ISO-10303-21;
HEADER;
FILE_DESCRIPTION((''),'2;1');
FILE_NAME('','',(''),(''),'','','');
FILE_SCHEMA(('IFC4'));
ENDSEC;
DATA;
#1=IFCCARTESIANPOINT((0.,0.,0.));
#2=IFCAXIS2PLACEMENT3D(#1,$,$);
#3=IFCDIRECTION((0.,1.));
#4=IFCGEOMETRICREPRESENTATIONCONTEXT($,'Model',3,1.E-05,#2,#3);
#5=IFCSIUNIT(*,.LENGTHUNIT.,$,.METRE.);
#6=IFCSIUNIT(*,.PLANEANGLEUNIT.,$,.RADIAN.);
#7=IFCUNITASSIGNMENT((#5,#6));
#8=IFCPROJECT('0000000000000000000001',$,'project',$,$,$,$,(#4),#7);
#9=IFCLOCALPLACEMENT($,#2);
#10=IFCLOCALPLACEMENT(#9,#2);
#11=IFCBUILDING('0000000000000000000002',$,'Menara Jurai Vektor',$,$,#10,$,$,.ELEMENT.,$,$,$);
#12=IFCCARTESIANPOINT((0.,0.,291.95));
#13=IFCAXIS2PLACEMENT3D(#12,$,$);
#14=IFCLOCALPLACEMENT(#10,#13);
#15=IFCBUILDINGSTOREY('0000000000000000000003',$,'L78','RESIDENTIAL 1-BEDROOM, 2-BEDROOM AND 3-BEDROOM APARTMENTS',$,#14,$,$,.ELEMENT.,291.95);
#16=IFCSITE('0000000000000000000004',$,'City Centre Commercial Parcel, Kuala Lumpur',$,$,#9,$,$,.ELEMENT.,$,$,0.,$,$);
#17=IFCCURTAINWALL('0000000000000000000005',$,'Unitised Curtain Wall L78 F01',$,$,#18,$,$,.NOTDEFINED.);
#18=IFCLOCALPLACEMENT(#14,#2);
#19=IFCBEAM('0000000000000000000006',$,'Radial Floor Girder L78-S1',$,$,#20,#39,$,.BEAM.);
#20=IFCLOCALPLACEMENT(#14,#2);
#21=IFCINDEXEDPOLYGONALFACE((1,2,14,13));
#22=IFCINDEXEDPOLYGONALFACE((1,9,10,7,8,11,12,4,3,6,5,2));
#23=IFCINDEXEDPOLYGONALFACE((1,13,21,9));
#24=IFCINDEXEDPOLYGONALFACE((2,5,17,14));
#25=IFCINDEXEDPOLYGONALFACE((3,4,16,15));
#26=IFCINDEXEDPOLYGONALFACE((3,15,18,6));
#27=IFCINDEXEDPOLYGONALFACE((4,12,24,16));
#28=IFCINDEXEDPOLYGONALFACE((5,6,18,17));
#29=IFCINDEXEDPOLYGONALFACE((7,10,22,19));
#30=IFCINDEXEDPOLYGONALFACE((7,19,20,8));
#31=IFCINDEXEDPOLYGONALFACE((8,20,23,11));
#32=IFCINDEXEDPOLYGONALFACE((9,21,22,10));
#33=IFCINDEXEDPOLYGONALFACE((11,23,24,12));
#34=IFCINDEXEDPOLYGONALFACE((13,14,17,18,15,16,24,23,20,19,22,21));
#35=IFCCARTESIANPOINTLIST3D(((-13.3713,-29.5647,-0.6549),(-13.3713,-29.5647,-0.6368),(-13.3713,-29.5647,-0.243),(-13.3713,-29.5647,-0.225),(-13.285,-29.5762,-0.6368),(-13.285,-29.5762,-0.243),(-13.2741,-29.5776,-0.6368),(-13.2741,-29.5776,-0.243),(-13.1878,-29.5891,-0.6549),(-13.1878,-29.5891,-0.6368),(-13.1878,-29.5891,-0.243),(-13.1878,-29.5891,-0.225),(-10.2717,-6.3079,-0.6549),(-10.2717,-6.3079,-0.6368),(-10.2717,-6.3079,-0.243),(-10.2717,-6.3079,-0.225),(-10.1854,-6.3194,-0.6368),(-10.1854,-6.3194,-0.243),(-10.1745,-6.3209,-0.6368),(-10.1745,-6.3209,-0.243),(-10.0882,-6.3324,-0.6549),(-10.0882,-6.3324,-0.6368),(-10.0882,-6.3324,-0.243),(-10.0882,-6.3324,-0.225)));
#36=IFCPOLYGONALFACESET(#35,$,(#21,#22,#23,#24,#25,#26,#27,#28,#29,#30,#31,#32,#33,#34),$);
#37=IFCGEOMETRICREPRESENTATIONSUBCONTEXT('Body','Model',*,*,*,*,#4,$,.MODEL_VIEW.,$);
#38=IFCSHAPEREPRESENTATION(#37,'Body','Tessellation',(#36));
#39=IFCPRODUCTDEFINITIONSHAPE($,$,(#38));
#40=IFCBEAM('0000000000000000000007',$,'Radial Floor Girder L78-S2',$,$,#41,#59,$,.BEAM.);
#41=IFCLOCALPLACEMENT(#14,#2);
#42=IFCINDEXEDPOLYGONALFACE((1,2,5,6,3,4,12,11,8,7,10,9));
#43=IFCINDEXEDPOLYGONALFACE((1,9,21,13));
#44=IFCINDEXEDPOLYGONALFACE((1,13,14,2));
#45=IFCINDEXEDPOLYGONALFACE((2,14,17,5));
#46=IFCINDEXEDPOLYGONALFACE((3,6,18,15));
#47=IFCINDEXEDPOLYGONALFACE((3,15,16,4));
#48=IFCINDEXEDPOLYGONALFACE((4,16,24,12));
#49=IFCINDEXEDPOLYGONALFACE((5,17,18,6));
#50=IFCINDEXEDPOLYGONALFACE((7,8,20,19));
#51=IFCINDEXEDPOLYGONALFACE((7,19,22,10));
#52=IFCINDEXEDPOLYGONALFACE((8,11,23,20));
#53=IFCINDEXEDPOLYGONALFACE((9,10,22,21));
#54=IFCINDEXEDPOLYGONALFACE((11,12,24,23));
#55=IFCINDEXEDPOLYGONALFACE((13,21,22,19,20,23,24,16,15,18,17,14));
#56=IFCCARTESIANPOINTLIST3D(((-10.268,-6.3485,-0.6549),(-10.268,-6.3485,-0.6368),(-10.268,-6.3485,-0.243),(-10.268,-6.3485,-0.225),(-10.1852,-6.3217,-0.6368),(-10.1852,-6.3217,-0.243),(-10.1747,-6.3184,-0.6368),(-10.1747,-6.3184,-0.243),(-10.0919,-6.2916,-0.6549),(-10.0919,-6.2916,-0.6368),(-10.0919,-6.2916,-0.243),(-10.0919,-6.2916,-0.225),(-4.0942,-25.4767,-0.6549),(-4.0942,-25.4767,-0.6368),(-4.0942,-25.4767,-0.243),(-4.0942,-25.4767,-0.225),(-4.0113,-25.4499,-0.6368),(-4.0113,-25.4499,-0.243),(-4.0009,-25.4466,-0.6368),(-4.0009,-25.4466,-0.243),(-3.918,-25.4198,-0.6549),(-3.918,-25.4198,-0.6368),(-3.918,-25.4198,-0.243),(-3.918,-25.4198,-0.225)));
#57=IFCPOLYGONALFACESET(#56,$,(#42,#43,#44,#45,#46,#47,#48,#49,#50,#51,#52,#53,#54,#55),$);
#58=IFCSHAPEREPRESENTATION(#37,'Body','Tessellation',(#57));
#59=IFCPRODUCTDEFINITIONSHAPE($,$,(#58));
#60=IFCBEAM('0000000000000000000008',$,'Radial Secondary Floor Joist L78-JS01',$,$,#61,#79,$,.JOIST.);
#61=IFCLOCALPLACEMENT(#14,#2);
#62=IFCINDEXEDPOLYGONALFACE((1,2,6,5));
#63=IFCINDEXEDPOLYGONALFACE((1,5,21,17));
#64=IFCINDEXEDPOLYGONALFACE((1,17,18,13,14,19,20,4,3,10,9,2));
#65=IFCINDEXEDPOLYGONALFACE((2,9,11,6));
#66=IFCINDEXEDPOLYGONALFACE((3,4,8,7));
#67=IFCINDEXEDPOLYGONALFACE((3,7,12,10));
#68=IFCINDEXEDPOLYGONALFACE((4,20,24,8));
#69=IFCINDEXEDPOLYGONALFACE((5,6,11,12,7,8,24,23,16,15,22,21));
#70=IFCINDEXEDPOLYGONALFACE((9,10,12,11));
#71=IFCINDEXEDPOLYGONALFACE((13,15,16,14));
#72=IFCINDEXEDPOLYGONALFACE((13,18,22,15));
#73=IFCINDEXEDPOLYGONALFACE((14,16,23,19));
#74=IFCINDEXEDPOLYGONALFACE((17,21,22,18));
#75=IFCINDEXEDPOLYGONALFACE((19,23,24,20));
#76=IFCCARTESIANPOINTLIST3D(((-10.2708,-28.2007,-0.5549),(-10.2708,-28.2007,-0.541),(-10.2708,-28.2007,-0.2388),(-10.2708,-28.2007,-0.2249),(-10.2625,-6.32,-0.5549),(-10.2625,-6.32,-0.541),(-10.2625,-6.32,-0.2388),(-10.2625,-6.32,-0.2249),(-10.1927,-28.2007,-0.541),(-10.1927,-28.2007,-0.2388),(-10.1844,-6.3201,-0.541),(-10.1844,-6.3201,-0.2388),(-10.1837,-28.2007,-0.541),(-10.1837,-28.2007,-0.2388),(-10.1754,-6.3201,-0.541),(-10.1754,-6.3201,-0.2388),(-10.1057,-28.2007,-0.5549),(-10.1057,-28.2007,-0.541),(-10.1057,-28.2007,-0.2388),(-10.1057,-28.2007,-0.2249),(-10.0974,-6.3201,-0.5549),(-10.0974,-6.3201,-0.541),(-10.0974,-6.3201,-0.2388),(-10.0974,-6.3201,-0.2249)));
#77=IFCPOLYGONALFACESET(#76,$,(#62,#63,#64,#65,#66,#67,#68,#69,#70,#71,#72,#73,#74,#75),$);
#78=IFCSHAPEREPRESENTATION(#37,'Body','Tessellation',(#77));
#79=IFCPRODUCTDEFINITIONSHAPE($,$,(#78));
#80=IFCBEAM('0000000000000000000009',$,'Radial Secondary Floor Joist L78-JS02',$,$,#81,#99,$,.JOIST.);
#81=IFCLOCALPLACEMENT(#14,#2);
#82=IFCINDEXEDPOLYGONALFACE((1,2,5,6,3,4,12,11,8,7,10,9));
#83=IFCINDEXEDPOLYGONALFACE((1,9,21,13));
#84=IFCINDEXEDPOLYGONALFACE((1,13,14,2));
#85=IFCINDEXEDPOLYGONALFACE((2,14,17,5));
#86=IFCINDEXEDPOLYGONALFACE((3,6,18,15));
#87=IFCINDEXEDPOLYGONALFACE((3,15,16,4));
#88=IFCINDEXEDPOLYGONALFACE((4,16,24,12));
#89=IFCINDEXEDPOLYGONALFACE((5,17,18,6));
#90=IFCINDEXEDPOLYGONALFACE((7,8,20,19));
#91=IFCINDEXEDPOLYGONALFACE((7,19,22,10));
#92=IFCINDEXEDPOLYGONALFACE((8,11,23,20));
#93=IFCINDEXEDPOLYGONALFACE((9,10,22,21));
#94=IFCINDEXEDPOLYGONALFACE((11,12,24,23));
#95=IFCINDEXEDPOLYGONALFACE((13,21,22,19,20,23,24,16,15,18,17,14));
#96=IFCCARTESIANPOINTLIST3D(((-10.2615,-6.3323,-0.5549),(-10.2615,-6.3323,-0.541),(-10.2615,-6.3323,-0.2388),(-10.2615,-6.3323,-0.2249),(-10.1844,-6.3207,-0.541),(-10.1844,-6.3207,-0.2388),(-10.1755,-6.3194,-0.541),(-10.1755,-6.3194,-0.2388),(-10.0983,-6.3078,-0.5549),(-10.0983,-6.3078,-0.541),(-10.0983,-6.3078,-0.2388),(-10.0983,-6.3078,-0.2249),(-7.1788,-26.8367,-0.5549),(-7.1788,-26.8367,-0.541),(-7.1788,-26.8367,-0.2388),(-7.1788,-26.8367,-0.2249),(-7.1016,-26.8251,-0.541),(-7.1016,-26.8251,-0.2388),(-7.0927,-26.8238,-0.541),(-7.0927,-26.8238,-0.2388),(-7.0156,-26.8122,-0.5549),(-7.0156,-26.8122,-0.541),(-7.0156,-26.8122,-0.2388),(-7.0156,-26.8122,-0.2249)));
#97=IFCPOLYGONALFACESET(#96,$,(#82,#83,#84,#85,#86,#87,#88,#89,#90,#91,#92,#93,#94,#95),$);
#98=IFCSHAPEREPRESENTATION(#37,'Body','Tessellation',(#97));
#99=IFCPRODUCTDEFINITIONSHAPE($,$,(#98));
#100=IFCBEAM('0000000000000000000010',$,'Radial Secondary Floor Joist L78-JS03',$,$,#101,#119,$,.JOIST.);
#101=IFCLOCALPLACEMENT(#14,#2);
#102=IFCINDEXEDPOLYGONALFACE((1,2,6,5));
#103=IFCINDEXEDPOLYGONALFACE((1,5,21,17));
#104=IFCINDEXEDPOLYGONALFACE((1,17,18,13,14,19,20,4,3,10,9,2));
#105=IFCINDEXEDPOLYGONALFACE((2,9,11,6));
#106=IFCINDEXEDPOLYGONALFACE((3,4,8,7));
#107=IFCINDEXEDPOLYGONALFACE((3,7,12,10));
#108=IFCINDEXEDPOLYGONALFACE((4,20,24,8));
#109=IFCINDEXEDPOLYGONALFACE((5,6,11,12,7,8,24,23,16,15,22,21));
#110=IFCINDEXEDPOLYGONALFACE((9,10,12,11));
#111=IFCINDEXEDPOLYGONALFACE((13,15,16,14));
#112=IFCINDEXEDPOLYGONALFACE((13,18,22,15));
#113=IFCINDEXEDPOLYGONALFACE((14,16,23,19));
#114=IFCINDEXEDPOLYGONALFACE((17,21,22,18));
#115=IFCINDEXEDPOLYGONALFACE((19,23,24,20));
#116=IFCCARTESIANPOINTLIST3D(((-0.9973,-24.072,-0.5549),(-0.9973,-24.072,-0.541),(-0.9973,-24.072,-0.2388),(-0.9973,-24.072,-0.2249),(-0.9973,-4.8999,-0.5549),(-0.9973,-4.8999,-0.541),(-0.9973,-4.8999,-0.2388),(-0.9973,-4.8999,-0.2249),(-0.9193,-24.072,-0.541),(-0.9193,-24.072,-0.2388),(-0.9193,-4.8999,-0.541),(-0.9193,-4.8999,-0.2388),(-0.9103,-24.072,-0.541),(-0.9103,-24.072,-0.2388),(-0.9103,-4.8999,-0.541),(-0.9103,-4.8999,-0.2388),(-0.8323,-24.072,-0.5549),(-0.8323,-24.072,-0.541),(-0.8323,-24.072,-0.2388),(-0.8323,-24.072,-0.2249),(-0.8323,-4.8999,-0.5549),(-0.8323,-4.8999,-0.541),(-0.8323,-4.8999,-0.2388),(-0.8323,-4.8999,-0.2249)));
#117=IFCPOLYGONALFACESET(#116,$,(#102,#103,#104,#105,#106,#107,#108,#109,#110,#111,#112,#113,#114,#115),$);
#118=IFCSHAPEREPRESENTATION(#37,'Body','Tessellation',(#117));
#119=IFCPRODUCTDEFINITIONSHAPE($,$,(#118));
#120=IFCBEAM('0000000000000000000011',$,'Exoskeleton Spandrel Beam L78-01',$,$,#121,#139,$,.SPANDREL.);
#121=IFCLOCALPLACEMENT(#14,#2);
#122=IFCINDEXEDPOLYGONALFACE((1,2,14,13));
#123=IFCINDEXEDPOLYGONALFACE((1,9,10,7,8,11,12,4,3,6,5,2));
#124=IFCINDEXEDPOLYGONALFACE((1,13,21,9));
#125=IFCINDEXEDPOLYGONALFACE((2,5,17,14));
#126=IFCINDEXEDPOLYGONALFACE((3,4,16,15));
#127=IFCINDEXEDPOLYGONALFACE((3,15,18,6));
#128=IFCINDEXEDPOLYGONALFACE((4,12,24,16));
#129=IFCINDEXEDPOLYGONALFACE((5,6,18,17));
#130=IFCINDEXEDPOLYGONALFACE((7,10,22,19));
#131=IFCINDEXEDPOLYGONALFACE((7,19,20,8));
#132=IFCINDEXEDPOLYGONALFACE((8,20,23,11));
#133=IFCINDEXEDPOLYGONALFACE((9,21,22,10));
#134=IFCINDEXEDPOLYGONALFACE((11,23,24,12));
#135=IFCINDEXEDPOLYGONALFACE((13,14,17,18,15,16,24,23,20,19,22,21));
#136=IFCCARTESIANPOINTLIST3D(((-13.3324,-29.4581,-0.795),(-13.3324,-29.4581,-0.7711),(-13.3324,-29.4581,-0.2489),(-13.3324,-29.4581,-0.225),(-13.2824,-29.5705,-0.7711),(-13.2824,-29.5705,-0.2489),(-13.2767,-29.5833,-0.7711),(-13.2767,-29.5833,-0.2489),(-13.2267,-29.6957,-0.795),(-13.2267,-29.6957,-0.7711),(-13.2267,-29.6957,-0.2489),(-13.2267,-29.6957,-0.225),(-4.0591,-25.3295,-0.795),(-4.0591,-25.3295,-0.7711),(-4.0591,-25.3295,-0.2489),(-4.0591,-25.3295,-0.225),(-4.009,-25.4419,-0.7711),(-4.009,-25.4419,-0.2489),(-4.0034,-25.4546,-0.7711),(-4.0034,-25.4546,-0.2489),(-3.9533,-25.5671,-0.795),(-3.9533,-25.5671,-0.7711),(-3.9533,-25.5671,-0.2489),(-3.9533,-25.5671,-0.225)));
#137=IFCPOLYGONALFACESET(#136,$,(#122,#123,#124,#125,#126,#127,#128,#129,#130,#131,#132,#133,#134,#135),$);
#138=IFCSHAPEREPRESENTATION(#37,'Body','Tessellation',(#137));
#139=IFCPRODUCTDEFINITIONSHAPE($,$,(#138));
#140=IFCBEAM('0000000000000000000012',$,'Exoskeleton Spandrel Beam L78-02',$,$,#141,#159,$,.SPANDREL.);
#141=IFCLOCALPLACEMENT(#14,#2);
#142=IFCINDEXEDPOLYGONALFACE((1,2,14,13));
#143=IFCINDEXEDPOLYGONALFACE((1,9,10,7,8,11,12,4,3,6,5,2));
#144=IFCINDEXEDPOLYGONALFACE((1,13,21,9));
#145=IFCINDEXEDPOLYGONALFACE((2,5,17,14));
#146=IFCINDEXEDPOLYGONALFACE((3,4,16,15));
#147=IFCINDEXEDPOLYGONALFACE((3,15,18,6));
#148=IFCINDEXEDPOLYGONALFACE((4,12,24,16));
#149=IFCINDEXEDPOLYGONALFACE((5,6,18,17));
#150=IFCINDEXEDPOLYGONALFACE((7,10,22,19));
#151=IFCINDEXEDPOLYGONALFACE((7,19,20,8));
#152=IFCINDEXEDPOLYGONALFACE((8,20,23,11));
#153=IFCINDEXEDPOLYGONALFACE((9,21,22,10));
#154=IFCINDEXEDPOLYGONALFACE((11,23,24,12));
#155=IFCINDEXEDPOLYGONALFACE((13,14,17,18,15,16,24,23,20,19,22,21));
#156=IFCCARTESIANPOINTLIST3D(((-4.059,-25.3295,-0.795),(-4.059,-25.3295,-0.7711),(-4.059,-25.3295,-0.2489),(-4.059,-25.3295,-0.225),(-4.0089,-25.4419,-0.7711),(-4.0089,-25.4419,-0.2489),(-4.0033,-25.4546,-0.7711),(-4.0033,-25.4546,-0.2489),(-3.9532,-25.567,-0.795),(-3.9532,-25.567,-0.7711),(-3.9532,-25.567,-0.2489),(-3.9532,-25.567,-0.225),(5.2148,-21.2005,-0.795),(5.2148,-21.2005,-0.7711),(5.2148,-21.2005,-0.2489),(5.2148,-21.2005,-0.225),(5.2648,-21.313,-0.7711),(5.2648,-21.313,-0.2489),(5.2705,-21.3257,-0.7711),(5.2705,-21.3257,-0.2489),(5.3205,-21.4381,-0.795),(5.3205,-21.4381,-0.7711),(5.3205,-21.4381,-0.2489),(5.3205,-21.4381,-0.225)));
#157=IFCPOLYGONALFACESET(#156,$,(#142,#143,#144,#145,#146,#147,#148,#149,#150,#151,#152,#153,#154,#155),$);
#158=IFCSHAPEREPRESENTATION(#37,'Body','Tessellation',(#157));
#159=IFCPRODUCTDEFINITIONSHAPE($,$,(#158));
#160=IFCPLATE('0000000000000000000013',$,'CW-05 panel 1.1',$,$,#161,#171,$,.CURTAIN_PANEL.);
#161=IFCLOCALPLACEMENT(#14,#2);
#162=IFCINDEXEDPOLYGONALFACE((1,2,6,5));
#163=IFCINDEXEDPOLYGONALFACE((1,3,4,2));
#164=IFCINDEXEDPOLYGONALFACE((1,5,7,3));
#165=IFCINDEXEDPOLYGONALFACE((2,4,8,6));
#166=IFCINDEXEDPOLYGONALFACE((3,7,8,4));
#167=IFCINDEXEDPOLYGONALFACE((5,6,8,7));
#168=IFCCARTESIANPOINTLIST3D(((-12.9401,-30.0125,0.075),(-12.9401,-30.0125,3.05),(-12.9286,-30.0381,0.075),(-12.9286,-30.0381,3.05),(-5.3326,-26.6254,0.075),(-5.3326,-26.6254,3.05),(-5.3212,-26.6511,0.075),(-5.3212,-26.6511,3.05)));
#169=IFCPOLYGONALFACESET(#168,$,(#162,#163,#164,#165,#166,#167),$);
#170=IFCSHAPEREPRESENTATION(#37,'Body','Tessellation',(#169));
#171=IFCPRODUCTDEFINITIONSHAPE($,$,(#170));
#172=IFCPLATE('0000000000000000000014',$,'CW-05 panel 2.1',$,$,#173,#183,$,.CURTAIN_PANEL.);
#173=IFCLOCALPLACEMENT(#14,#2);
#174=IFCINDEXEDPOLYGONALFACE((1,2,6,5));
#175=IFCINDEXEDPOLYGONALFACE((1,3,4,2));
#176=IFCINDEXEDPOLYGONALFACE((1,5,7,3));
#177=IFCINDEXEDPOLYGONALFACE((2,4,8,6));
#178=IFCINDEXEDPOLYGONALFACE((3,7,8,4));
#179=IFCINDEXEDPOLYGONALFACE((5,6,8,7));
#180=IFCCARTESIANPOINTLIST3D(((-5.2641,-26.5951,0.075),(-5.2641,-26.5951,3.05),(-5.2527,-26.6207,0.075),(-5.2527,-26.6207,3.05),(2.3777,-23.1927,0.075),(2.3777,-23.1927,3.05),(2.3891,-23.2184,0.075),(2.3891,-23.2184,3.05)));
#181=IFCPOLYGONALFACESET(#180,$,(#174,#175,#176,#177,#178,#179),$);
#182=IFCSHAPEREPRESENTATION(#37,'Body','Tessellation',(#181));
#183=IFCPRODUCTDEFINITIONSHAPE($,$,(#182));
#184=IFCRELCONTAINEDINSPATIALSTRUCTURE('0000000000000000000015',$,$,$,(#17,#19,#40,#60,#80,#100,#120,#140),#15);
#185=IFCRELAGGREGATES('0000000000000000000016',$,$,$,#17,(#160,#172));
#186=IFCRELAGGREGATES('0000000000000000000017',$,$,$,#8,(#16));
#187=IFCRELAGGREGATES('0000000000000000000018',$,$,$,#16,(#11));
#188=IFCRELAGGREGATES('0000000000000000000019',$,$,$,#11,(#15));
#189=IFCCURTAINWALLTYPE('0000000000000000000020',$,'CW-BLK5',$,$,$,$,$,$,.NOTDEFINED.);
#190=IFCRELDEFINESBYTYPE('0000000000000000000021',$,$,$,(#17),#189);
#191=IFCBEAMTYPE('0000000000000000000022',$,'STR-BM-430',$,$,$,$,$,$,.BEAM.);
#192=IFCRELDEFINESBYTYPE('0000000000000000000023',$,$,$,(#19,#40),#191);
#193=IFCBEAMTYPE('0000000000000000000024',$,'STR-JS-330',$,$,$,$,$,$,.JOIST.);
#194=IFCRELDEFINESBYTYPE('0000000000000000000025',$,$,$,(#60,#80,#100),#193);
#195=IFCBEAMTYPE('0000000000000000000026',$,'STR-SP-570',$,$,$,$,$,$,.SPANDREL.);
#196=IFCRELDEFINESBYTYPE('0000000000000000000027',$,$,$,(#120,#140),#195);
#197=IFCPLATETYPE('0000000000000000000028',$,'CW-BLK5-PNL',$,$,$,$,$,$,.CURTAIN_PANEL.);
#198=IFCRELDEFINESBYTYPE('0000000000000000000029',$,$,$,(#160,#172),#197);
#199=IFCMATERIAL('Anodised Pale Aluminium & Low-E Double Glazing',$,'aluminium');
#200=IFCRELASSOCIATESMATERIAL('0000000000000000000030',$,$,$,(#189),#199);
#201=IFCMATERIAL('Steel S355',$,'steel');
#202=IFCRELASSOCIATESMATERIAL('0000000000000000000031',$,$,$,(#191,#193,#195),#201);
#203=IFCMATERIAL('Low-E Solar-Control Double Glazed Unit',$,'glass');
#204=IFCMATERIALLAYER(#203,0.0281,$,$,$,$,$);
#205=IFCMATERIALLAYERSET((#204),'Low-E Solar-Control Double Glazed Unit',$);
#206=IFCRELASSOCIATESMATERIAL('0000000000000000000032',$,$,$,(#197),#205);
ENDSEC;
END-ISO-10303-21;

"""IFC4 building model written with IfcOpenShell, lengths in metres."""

from ifc_helpers import new_model, si_unit, direction, frame, origin, origin_2d, place, context, subcontext, project, spatial, rectangle, i_section, extrude, material, layer, layer_set, material_profile, profile_set, type_object, element, aggregate, save


model = new_model("IFC4")

# Units and contexts
model_context = context("Model", 3, precision=1e-05, world=origin(), true_north=direction((0.0, 1.0)))
body_context = subcontext(model_context, "Body", "Model", "MODEL_VIEW")
ifc_project = project(units=[si_unit("LENGTHUNIT", "METRE"), si_unit("PLANEANGLEUNIT", "RADIAN")], contexts=[model_context])

# Site, building, storey
site_placement = place(None, origin())
site = spatial("IfcSite", under=ifc_project, at=site_placement, Name="City Centre Commercial Parcel, Kuala Lumpur", CompositionType="ELEMENT", RefElevation=0.0)
building_placement = place(site_placement, origin())
building = spatial("IfcBuilding", under=site, at=building_placement, Name="Menara Jurai Vektor", CompositionType="ELEMENT")
storey_placement = place(building_placement, frame((0.0, 0.0, 291.95)))
storey = spatial("IfcBuildingStorey", under=building, at=storey_placement, Name="L78", Description="RESIDENTIAL 1-BEDROOM, 2-BEDROOM AND 3-BEDROOM APARTMENTS", CompositionType="ELEMENT", Elevation=291.95)

# Curtain wall
ifc_material_1 = material(Name="Anodised Pale Aluminium & Low-E Double Glazing", Category="aluminium")
curtain_wall_type = type_object("IfcCurtainWallType", Name="CW-BLK5", PredefinedType="NOTDEFINED", material=ifc_material_1)
curtain_wall_1_placement = place(storey_placement, origin())
curtain_wall_1 = element("IfcCurtainWall", 1, at=curtain_wall_1_placement, inside=storey, type_object=curtain_wall_type, Name="Unitised Curtain Wall L78 F01", PredefinedType="NOTDEFINED")

# Beams
ifc_material_2 = material(Name="Steel S355", Category="steel")
ifc_material_profile_1 = material_profile(ifc_material_2, i_section(OverallWidth=0.1851, OverallDepth=0.4299, WebThickness=0.011, FlangeThickness=0.0181, at=origin_2d()), Name="PG 430x185x76")
ifc_profile_set_1 = profile_set([ifc_material_profile_1], Name="Steel S355")
beam_type_1 = type_object("IfcBeamType", Name="STR-BM-430", PredefinedType="BEAM", material=ifc_profile_set_1)
beam_1_placement = place(storey_placement, frame((-13.2795, -29.5769, -0.4399), z_axis=(0.132109, 0.991235, 0.0), x_axis=(-0.991235, 0.132109, 0.0)))
element("IfcBeam", 2, at=beam_1_placement, inside=storey, type_object=beam_type_1, Name="Radial Floor Girder L78-S1", PredefinedType="BEAM", context=body_context, shape_type="SweptSolid", body=[
    extrude(i_section(OverallWidth=0.1851, OverallDepth=0.4299, WebThickness=0.011, FlangeThickness=0.0181, at=origin_2d()), origin(), (0.0, 0.0, 1.0), 23.4624),
])
beam_2_placement = place(storey_placement, frame((-4.0061, -25.4482, -0.4399), z_axis=(-0.307158, 0.951658, 0.0), x_axis=(-0.951658, -0.307158, 0.0)))
element("IfcBeam", 3, at=beam_2_placement, inside=storey, type_object=beam_type_1, Name="Radial Floor Girder L78-S2", PredefinedType="BEAM", context=body_context, shape_type="SweptSolid", body=[
    extrude(i_section(OverallWidth=0.1851, OverallDepth=0.4299, WebThickness=0.011, FlangeThickness=0.0181, at=origin_2d()), origin(), (0.0, 0.0, 1.0), 20.0999),
])
ifc_material_profile_2 = material_profile(ifc_material_2, i_section(OverallWidth=0.165, OverallDepth=0.3301, WebThickness=0.009, FlangeThickness=0.0139, at=origin_2d()), Name="PG 330x165x46")
ifc_profile_set_2 = profile_set([ifc_material_profile_2], Name="Steel S355")
beam_type_2 = type_object("IfcBeamType", Name="STR-JS-330", PredefinedType="JOIST", material=ifc_profile_set_2)
beam_3_placement = place(storey_placement, frame((-10.1882, -28.2007, -0.3899), z_axis=(0.000379, 1.0, 0.0), x_axis=(-1.0, 0.000379, 0.0)))
element("IfcBeam", 4, at=beam_3_placement, inside=storey, type_object=beam_type_2, Name="Radial Secondary Floor Joist L78-JS01", PredefinedType="JOIST", context=body_context, shape_type="SweptSolid", body=[
    extrude(i_section(OverallWidth=0.165, OverallDepth=0.3301, WebThickness=0.009, FlangeThickness=0.0139, at=origin_2d()), origin(), (0.0, 0.0, 1.0), 21.8806),
])
beam_4_placement = place(storey_placement, frame((-7.0972, -26.8245, -0.3899), z_axis=(-0.148676, 0.988886, 0.0), x_axis=(-0.988886, -0.148676, 0.0)))
element("IfcBeam", 5, at=beam_4_placement, inside=storey, type_object=beam_type_2, Name="Radial Secondary Floor Joist L78-JS02", PredefinedType="JOIST", context=body_context, shape_type="SweptSolid", body=[
    extrude(i_section(OverallWidth=0.165, OverallDepth=0.3301, WebThickness=0.009, FlangeThickness=0.0139, at=origin_2d()), origin(), (0.0, 0.0, 1.0), 20.7349),
])
beam_5_placement = place(storey_placement, frame((-0.9148, -24.072, -0.3899), z_axis=(0.0, 1.0, 0.0), x_axis=(-1.0, 0.0, 0.0)))
element("IfcBeam", 6, at=beam_5_placement, inside=storey, type_object=beam_type_2, Name="Radial Secondary Floor Joist L78-JS03", PredefinedType="JOIST", context=body_context, shape_type="SweptSolid", body=[
    extrude(i_section(OverallWidth=0.165, OverallDepth=0.3301, WebThickness=0.009, FlangeThickness=0.0139, at=origin_2d()), origin(), (0.0, 0.0, 1.0), 19.1721),
])
ifc_material_profile_3 = material_profile(ifc_material_2, i_section(OverallWidth=0.26, OverallDepth=0.5701, WebThickness=0.0139, FlangeThickness=0.0239, at=origin_2d()), Name="PG 570x260x145")
ifc_profile_set_3 = profile_set([ifc_material_profile_3], Name="Steel S355")
beam_type_3 = type_object("IfcBeamType", Name="STR-SP-570", PredefinedType="SPANDREL", material=ifc_profile_set_3)
beam_6_placement = place(storey_placement, frame((-13.2795, -29.5769, -0.51), z_axis=(0.913551, 0.406725, 0.0), x_axis=(-0.406725, 0.913551, 0.0)))
element("IfcBeam", 7, at=beam_6_placement, inside=storey, type_object=beam_type_3, Name="Exoskeleton Spandrel Beam L78-01", PredefinedType="SPANDREL", context=body_context, shape_type="SweptSolid", body=[
    extrude(i_section(OverallWidth=0.26, OverallDepth=0.5701, WebThickness=0.0139, FlangeThickness=0.0239, at=origin_2d()), origin(), (0.0, 0.0, 1.0), 10.1509),
])
beam_7_placement = place(storey_placement, frame((-4.0061, -25.4482, -0.51), z_axis=(0.913546, 0.406736, 0.0), x_axis=(-0.406736, 0.913546, 0.0)))
element("IfcBeam", 8, at=beam_7_placement, inside=storey, type_object=beam_type_3, Name="Exoskeleton Spandrel Beam L78-02", PredefinedType="SPANDREL", context=body_context, shape_type="SweptSolid", body=[
    extrude(i_section(OverallWidth=0.26, OverallDepth=0.5701, WebThickness=0.0139, FlangeThickness=0.0239, at=origin_2d()), origin(), (0.0, 0.0, 1.0), 10.1514),
])

# Plates
ifc_material_3 = material(Name="Low-E Solar-Control Double Glazed Unit", Category="glass")
ifc_layer_1 = layer(ifc_material_3, 0.0281)
ifc_layer_set_1 = layer_set([ifc_layer_1], Name="Low-E Solar-Control Double Glazed Unit")
plate_type_1 = type_object("IfcPlateType", Name="CW-BLK5-PNL", PredefinedType="CURTAIN_PANEL", material=ifc_layer_set_1)
plate_1_placement = place(storey_placement, frame((-9.1306, -28.3318, 0.075), z_axis=(0.0, 0.0, 1.0), x_axis=(0.913546, 0.406735, 0.0)))
plate_1 = element("IfcPlate", 9, at=plate_1_placement, type_object=plate_type_1, Name="CW-05 panel 1.1", PredefinedType="CURTAIN_PANEL", context=body_context, shape_type="SweptSolid", body=[
    extrude(rectangle(XDim=8.3274, YDim=0.0281, at=origin_2d()), origin(), (0.0, 0.0, 1.0), 2.9751),
])
plate_2_placement = place(storey_placement, frame((-1.4375, -24.9067, 0.075), z_axis=(0.0, 0.0, 1.0), x_axis=(0.913546, 0.406735, 0.0)))
plate_2 = element("IfcPlate", 10, at=plate_2_placement, type_object=plate_type_1, Name="CW-05 panel 2.1", PredefinedType="CURTAIN_PANEL", context=body_context, shape_type="SweptSolid", body=[
    extrude(rectangle(XDim=8.365, YDim=0.0281, at=origin_2d()), origin(), (0.0, 0.0, 1.0), 2.9751),
])
aggregate(curtain_wall_1, [plate_1, plate_2])

save(model, "model.ifc")
